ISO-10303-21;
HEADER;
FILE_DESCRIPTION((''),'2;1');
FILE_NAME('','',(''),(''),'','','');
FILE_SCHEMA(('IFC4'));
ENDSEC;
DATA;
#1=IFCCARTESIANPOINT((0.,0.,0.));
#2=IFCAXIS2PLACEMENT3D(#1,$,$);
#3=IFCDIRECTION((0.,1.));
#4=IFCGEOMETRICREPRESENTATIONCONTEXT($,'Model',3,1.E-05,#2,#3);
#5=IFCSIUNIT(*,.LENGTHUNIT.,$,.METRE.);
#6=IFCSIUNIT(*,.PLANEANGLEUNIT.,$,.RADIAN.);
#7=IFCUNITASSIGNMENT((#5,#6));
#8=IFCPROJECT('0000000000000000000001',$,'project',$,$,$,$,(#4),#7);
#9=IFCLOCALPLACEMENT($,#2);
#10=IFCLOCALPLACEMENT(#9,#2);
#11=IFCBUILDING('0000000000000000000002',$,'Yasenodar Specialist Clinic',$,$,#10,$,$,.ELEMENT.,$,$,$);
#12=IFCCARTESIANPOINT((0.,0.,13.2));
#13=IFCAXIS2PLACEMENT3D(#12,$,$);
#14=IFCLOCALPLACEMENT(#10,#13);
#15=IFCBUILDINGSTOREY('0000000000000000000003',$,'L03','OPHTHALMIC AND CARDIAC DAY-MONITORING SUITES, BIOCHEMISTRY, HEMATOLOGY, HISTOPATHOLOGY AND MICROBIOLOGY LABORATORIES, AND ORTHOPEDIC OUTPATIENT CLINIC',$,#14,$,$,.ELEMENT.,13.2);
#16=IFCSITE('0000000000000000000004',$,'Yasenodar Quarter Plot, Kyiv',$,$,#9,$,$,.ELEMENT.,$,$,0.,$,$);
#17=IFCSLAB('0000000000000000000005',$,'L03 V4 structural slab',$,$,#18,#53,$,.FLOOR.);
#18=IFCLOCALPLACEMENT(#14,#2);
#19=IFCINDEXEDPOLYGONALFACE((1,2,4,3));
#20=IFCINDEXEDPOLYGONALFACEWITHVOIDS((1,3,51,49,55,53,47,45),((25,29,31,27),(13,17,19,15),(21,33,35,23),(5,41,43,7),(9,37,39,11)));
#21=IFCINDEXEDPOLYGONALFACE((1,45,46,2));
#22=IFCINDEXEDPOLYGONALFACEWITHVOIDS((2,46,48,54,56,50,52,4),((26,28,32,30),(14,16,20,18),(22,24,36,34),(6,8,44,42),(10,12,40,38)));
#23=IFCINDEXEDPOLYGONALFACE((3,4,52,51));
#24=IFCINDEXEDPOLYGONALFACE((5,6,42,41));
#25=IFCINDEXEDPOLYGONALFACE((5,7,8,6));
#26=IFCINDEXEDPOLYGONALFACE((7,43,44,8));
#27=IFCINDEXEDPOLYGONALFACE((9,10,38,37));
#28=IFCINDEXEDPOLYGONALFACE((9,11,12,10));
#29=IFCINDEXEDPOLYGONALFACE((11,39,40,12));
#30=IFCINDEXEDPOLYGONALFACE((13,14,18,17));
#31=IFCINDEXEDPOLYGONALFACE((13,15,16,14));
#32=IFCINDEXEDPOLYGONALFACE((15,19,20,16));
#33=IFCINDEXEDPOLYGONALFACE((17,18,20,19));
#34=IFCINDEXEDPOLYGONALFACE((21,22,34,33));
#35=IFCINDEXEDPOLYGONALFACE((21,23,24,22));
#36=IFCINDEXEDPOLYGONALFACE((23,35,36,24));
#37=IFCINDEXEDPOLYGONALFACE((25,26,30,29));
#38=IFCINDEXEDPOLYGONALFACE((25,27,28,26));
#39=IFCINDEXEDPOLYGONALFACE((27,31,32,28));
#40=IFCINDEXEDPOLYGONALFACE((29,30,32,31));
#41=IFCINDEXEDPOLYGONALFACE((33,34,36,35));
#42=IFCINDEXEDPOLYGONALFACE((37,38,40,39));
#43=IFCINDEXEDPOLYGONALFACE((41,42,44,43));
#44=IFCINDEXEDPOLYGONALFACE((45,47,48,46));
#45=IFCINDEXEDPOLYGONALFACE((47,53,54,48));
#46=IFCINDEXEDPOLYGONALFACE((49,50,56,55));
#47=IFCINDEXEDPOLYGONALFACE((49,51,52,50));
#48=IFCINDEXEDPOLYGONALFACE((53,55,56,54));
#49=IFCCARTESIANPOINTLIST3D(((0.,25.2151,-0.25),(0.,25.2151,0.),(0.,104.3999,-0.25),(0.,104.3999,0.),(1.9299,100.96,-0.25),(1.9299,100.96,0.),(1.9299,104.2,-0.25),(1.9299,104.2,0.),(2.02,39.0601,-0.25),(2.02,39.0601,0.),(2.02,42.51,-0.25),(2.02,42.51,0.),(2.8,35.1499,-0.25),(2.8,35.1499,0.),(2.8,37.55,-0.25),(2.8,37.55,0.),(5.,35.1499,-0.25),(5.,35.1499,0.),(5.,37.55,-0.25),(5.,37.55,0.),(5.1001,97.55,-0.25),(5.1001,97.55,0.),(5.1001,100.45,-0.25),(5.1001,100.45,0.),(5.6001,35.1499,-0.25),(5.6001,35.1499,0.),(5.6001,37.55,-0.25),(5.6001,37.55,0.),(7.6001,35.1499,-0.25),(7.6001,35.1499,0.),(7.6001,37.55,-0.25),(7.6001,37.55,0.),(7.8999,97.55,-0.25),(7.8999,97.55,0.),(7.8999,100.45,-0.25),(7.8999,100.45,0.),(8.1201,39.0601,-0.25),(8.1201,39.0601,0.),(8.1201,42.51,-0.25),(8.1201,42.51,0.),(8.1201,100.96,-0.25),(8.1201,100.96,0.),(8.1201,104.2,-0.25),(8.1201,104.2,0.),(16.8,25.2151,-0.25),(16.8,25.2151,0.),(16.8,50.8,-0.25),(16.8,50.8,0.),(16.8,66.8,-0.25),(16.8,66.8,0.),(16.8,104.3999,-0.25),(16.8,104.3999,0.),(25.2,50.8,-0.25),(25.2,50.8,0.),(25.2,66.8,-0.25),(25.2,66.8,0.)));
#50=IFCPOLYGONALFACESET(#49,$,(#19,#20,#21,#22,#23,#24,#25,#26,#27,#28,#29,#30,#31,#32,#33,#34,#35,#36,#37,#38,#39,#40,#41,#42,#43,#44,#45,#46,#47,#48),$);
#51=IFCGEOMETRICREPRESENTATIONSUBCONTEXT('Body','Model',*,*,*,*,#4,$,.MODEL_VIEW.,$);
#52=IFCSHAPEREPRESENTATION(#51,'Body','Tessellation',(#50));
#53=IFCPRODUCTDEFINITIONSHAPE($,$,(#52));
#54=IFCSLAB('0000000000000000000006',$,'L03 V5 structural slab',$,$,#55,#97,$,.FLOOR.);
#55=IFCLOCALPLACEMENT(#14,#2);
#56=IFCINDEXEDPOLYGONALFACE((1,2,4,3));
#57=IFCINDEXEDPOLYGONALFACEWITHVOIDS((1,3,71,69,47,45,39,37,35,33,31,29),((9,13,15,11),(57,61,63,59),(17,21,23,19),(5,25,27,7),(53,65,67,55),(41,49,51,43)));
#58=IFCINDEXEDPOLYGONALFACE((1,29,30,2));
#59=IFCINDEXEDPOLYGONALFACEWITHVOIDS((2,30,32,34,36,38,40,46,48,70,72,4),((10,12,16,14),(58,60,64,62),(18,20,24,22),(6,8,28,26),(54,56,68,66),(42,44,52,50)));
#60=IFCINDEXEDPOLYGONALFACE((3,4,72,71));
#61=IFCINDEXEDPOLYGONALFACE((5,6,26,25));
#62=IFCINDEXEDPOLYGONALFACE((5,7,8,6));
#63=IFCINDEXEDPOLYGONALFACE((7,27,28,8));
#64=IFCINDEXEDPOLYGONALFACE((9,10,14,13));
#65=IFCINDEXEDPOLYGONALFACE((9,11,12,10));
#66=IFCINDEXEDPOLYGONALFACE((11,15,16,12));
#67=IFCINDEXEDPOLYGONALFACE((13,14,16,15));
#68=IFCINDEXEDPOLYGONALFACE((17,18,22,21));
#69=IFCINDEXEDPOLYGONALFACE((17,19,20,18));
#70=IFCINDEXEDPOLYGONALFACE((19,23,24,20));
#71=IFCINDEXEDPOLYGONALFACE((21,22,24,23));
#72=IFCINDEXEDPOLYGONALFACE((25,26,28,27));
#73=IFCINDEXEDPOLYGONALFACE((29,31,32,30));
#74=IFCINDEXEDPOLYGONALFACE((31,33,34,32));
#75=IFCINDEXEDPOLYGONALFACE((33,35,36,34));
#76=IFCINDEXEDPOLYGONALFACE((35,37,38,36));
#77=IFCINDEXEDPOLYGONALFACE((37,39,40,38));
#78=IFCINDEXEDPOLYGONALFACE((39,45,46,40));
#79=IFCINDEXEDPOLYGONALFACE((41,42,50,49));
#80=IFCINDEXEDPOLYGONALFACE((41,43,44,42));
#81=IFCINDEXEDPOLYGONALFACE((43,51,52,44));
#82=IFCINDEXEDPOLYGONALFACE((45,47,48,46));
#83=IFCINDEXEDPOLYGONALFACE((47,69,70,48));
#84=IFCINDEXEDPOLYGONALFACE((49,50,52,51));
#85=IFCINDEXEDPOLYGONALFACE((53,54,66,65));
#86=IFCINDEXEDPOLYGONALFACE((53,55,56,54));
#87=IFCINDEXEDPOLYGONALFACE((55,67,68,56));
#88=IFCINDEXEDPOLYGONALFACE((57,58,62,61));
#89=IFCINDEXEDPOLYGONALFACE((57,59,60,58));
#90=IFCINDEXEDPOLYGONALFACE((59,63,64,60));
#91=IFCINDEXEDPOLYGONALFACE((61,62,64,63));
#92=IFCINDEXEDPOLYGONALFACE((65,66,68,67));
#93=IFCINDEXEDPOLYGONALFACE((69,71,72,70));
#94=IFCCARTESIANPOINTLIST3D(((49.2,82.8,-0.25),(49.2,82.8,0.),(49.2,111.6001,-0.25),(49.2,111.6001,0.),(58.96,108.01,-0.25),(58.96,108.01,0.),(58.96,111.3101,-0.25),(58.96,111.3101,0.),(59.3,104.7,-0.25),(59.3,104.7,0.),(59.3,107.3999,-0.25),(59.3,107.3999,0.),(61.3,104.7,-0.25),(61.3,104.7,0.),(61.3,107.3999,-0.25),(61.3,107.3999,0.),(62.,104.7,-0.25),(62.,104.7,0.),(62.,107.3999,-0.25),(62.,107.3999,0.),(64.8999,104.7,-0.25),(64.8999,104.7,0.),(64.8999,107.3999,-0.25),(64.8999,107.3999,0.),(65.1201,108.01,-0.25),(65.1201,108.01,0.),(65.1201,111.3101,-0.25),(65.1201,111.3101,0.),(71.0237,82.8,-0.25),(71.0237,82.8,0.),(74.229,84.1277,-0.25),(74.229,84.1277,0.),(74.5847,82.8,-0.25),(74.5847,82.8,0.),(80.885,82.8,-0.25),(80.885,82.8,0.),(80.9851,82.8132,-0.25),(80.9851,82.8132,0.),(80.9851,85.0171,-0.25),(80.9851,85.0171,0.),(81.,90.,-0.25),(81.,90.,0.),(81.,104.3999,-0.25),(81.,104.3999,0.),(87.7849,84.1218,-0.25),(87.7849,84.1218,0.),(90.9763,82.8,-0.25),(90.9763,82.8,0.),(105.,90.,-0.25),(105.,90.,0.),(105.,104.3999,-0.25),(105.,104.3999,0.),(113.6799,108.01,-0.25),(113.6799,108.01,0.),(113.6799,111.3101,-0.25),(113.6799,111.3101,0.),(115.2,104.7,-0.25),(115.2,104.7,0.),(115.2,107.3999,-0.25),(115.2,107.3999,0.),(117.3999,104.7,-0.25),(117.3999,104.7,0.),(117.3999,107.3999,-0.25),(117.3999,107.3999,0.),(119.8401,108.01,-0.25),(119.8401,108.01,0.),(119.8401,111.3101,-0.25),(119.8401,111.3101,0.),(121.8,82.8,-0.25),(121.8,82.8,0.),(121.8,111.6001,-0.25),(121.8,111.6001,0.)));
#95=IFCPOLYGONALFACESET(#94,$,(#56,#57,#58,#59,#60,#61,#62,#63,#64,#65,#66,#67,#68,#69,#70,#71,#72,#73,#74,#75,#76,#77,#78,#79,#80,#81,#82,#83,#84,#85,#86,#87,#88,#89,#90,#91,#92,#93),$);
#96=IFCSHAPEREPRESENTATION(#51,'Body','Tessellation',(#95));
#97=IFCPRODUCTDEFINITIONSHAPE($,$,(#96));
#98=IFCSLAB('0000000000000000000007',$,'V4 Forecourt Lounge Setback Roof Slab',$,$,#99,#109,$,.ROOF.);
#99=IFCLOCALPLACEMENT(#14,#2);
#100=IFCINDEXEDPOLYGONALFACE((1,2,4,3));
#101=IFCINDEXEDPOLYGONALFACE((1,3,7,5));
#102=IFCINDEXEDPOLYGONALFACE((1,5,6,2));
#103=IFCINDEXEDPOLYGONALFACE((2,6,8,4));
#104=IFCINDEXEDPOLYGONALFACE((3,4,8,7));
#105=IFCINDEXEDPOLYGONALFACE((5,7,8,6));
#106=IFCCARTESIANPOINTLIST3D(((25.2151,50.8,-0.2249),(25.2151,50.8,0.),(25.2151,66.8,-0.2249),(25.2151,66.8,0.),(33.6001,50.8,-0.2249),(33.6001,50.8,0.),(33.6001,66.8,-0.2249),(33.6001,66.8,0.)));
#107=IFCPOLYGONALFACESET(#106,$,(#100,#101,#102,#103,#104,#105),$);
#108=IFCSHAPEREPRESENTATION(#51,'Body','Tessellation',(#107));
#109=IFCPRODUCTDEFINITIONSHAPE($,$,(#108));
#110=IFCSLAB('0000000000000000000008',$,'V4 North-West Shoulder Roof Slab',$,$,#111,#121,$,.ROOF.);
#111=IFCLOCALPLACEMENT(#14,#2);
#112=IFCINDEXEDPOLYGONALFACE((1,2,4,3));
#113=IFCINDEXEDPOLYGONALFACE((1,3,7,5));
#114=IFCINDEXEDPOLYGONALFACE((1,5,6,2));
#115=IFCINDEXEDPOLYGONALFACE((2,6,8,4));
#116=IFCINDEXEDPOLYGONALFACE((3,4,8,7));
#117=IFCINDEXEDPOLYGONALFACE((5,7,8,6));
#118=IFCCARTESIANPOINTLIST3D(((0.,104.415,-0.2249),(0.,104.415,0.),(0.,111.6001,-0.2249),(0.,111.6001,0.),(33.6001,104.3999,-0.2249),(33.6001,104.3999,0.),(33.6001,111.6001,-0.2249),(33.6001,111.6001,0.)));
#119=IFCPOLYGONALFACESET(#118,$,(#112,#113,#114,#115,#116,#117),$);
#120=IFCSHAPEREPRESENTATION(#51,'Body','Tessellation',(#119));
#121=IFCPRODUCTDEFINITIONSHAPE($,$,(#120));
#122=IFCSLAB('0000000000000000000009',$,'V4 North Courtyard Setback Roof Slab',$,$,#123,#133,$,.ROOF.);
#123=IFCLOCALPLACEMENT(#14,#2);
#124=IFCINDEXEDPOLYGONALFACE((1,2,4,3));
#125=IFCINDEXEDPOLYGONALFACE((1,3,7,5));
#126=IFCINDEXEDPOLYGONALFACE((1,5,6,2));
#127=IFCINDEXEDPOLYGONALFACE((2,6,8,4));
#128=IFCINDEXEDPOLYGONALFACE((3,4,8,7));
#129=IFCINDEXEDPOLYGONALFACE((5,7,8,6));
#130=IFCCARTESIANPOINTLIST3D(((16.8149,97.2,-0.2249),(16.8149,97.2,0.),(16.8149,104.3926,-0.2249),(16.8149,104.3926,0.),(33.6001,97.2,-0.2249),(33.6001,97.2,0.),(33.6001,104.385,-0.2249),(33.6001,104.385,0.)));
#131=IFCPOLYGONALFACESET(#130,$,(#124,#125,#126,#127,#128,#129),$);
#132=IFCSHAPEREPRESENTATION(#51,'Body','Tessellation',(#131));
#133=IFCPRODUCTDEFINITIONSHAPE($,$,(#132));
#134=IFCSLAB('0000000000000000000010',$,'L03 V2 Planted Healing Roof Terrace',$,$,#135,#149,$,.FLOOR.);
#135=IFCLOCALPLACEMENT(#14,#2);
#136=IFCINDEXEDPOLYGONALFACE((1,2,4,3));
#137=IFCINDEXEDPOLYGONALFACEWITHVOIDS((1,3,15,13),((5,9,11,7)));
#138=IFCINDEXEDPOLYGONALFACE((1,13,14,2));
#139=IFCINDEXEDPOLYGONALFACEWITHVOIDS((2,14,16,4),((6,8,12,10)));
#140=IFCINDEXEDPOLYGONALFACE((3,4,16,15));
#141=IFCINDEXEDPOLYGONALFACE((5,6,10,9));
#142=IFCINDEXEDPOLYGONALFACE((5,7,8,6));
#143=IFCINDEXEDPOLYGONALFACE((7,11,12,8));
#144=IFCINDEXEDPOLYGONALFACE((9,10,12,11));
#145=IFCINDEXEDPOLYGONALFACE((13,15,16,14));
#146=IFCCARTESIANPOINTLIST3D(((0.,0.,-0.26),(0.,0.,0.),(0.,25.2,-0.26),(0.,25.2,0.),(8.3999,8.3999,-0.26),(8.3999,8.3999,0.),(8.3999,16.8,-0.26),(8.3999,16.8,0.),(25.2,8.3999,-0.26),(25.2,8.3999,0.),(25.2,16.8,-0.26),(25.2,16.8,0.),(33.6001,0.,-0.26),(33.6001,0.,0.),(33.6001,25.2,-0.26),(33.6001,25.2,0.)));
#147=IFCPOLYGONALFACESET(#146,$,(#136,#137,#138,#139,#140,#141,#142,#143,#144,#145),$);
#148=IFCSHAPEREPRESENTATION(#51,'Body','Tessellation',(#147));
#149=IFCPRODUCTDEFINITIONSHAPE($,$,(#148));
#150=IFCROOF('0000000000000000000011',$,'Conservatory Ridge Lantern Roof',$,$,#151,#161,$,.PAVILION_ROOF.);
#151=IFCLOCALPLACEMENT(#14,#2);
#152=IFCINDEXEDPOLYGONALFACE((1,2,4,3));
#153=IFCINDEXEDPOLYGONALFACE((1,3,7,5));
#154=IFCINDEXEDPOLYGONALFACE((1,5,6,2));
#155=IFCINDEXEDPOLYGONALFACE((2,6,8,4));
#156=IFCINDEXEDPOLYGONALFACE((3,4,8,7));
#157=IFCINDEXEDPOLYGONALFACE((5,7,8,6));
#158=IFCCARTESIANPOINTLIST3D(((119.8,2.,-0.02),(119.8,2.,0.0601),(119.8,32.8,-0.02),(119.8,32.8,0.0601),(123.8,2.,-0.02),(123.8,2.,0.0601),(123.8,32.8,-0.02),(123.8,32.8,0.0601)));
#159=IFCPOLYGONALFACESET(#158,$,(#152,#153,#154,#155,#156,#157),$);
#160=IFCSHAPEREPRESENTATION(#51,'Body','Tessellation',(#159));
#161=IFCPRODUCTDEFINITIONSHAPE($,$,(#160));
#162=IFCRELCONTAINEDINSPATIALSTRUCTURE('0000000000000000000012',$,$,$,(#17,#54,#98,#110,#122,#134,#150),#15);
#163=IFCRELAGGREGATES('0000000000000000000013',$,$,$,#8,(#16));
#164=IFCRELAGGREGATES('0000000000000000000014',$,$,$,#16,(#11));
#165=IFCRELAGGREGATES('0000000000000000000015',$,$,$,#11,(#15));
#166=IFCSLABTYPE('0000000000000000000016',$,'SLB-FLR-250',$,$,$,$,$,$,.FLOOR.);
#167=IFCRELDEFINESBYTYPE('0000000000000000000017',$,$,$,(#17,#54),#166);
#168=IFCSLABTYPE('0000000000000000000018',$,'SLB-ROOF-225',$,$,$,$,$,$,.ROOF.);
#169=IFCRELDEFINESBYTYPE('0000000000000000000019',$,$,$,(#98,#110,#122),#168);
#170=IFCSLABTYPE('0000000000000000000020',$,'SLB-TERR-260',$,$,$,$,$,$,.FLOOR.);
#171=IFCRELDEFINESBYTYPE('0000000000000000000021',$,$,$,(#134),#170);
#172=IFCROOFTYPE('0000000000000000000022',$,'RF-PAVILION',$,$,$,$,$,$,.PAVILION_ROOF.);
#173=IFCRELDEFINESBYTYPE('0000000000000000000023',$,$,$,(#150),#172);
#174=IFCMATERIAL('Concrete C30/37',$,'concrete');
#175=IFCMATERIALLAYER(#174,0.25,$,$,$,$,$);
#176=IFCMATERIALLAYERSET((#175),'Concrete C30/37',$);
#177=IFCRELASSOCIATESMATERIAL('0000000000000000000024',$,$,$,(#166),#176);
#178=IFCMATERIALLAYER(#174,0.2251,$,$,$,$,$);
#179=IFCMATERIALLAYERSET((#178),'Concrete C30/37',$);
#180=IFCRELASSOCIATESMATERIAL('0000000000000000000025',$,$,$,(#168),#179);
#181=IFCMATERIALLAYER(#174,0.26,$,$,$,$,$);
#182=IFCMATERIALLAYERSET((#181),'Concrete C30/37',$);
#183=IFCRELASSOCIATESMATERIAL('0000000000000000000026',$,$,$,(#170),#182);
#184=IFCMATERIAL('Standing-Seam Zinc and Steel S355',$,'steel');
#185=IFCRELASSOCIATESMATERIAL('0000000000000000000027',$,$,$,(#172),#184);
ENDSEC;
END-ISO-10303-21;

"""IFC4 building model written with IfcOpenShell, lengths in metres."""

from ifc_helpers import new_model, si_unit, direction, frame, origin, place, context, subcontext, project, spatial, polyline, outline, extrude, material, layer, layer_set, type_object, element, save


model = new_model("IFC4")

# Units and contexts
model_context = context("Model", 3, precision=1e-05, world=origin(), true_north=direction((0.0, 1.0)))
body_context = subcontext(model_context, "Body", "Model", "MODEL_VIEW")
ifc_project = project(units=[si_unit("LENGTHUNIT", "METRE"), si_unit("PLANEANGLEUNIT", "RADIAN")], contexts=[model_context])

# Site, building, storey
site_placement = place(None, origin())
site = spatial("IfcSite", under=ifc_project, at=site_placement, Name="Yasenodar Quarter Plot, Kyiv", CompositionType="ELEMENT", RefElevation=0.0)
building_placement = place(site_placement, origin())
building = spatial("IfcBuilding", under=site, at=building_placement, Name="Yasenodar Specialist Clinic", CompositionType="ELEMENT")
storey_placement = place(building_placement, frame((0.0, 0.0, 13.2)))
storey = spatial("IfcBuildingStorey", under=building, at=storey_placement, Name="L03", Description="OPHTHALMIC AND CARDIAC DAY-MONITORING SUITES, BIOCHEMISTRY, HEMATOLOGY, HISTOPATHOLOGY AND MICROBIOLOGY LABORATORIES, AND ORTHOPEDIC OUTPATIENT CLINIC", CompositionType="ELEMENT", Elevation=13.2)

# Slabs
ifc_material_1 = material(Name="Concrete C30/37", Category="concrete")
ifc_layer_1 = layer(ifc_material_1, 0.25)
ifc_layer_set_1 = layer_set([ifc_layer_1], Name="Concrete C30/37")
slab_type_1 = type_object("IfcSlabType", Name="SLB-FLR-250", PredefinedType="FLOOR", material=ifc_layer_set_1)
slab_1_placement = place(storey_placement, frame((0.0, 0.0, -0.25)))
element("IfcSlab", 1, at=slab_1_placement, inside=storey, type_object=slab_type_1, Name="L03 V4 structural slab", PredefinedType="FLOOR", context=body_context, shape_type="SweptSolid", body=[
    extrude(outline(polyline([(0.0, 104.3999), (16.8, 104.3999), (16.8, 66.8), (25.2, 66.8), (25.2, 50.8), (16.8, 50.8), (16.8, 25.2151), (0.0, 25.2151), (0.0, 104.3999)]), holes=[polyline([(8.1201, 39.0601), (8.1201, 42.51), (2.02, 42.51), (2.02, 39.0601), (8.1201, 39.0601)]), polyline([(8.1201, 100.96), (8.1201, 104.2), (1.9299, 104.2), (1.9299, 100.96), (8.1201, 100.96)]), polyline([(7.6001, 35.1499), (7.6001, 37.55), (5.6001, 37.55), (5.6001, 35.1499), (7.6001, 35.1499)]), polyline([(5.0, 35.1499), (5.0, 37.55), (2.8, 37.55), (2.8, 35.1499), (5.0, 35.1499)]), polyline([(7.8999, 97.55), (7.8999, 100.45), (5.1001, 100.45), (5.1001, 97.55), (7.8999, 97.55)])]), origin(), (0.0, 0.0, 1.0), 0.25),
])
slab_2_placement = place(storey_placement, frame((0.0, 0.0, -0.25)))
element("IfcSlab", 2, at=slab_2_placement, inside=storey, type_object=slab_type_1, Name="L03 V5 structural slab", PredefinedType="FLOOR", context=body_context, shape_type="SweptSolid", body=[
    extrude(outline(polyline([(49.2, 82.8), (49.2, 111.6001), (121.8, 111.6001), (121.8, 82.8), (90.9763, 82.8), (87.7849, 84.1218), (80.9851, 85.0171), (80.9851, 82.8132), (80.885, 82.8), (74.5847, 82.8), (74.229, 84.1277), (71.0237, 82.8), (49.2, 82.8)]), holes=[polyline([(65.1201, 108.01), (65.1201, 111.3101), (58.96, 111.3101), (58.96, 108.01), (65.1201, 108.01)]), polyline([(119.8401, 108.01), (119.8401, 111.3101), (113.6799, 111.3101), (113.6799, 108.01), (119.8401, 108.01)]), polyline([(61.3, 104.7), (61.3, 107.3999), (59.3, 107.3999), (59.3, 104.7), (61.3, 104.7)]), polyline([(64.8999, 104.7), (64.8999, 107.3999), (62.0, 107.3999), (62.0, 104.7), (64.8999, 104.7)]), polyline([(117.3999, 104.7), (117.3999, 107.3999), (115.2, 107.3999), (115.2, 104.7), (117.3999, 104.7)]), polyline([(105.0, 90.0), (105.0, 104.3999), (81.0, 104.3999), (81.0, 90.0), (105.0, 90.0)])]), origin(), (0.0, 0.0, 1.0), 0.25),
])
ifc_layer_2 = layer(ifc_material_1, 0.2251)
ifc_layer_set_2 = layer_set([ifc_layer_2], Name="Concrete C30/37")
slab_type_2 = type_object("IfcSlabType", Name="SLB-ROOF-225", PredefinedType="ROOF", material=ifc_layer_set_2)
slab_3_placement = place(storey_placement, frame((0.0, 0.0, -0.2249)))
element("IfcSlab", 3, at=slab_3_placement, inside=storey, type_object=slab_type_2, Name="V4 Forecourt Lounge Setback Roof Slab", PredefinedType="ROOF", context=body_context, shape_type="SweptSolid", body=[
    extrude(outline(polyline([(33.6001, 66.8), (33.6001, 50.8), (25.2151, 50.8), (25.2151, 66.8), (33.6001, 66.8)])), origin(), (0.0, 0.0, 1.0), 0.2249),
])
slab_4_placement = place(storey_placement, frame((0.0, 0.0, -0.2249)))
element("IfcSlab", 4, at=slab_4_placement, inside=storey, type_object=slab_type_2, Name="V4 North-West Shoulder Roof Slab", PredefinedType="ROOF", context=body_context, shape_type="SweptSolid", body=[
    extrude(outline(polyline([(0.0, 111.6001), (33.6001, 111.6001), (33.6001, 104.3999), (0.0, 104.415), (0.0, 111.6001)])), origin(), (0.0, 0.0, 1.0), 0.2249),
])
slab_5_placement = place(storey_placement, frame((0.0, 0.0, -0.2249)))
element("IfcSlab", 5, at=slab_5_placement, inside=storey, type_object=slab_type_2, Name="V4 North Courtyard Setback Roof Slab", PredefinedType="ROOF", context=body_context, shape_type="SweptSolid", body=[
    extrude(outline(polyline([(33.6001, 97.2), (16.8149, 97.2), (16.8149, 104.3926), (33.6001, 104.385), (33.6001, 97.2)])), origin(), (0.0, 0.0, 1.0), 0.2249),
])
ifc_layer_3 = layer(ifc_material_1, 0.26)
ifc_layer_set_3 = layer_set([ifc_layer_3], Name="Concrete C30/37")
slab_type_3 = type_object("IfcSlabType", Name="SLB-TERR-260", PredefinedType="FLOOR", material=ifc_layer_set_3)
slab_6_placement = place(storey_placement, frame((0.0, 0.0, -0.26)))
element("IfcSlab", 6, at=slab_6_placement, inside=storey, type_object=slab_type_3, Name="L03 V2 Planted Healing Roof Terrace", PredefinedType="FLOOR", context=body_context, shape_type="SweptSolid", body=[
    extrude(outline(polyline([(0.0, 25.2), (33.6001, 25.2), (33.6001, 0.0), (0.0, 0.0), (0.0, 25.2)]), holes=[polyline([(25.2, 8.3999), (25.2, 16.8), (8.3999, 16.8), (8.3999, 8.3999), (25.2, 8.3999)])]), origin(), (0.0, 0.0, 1.0), 0.26),
])

# Roof
ifc_material_2 = material(Name="Standing-Seam Zinc and Steel S355", Category="steel")
roof_type = type_object("IfcRoofType", Name="RF-PAVILION", PredefinedType="PAVILION_ROOF", material=ifc_material_2)
roof_placement = place(storey_placement, frame((0.0, 0.0, -0.02)))
element("IfcRoof", 7, at=roof_placement, inside=storey, type_object=roof_type, Name="Conservatory Ridge Lantern Roof", PredefinedType="PAVILION_ROOF", context=body_context, shape_type="SweptSolid", body=[
    extrude(outline(polyline([(119.8, 2.0), (123.8, 2.0), (123.8, 32.8), (119.8, 32.8), (119.8, 2.0)])), origin(), (0.0, 0.0, 1.0), 0.0801),
])

save(model, "model.ifc")
